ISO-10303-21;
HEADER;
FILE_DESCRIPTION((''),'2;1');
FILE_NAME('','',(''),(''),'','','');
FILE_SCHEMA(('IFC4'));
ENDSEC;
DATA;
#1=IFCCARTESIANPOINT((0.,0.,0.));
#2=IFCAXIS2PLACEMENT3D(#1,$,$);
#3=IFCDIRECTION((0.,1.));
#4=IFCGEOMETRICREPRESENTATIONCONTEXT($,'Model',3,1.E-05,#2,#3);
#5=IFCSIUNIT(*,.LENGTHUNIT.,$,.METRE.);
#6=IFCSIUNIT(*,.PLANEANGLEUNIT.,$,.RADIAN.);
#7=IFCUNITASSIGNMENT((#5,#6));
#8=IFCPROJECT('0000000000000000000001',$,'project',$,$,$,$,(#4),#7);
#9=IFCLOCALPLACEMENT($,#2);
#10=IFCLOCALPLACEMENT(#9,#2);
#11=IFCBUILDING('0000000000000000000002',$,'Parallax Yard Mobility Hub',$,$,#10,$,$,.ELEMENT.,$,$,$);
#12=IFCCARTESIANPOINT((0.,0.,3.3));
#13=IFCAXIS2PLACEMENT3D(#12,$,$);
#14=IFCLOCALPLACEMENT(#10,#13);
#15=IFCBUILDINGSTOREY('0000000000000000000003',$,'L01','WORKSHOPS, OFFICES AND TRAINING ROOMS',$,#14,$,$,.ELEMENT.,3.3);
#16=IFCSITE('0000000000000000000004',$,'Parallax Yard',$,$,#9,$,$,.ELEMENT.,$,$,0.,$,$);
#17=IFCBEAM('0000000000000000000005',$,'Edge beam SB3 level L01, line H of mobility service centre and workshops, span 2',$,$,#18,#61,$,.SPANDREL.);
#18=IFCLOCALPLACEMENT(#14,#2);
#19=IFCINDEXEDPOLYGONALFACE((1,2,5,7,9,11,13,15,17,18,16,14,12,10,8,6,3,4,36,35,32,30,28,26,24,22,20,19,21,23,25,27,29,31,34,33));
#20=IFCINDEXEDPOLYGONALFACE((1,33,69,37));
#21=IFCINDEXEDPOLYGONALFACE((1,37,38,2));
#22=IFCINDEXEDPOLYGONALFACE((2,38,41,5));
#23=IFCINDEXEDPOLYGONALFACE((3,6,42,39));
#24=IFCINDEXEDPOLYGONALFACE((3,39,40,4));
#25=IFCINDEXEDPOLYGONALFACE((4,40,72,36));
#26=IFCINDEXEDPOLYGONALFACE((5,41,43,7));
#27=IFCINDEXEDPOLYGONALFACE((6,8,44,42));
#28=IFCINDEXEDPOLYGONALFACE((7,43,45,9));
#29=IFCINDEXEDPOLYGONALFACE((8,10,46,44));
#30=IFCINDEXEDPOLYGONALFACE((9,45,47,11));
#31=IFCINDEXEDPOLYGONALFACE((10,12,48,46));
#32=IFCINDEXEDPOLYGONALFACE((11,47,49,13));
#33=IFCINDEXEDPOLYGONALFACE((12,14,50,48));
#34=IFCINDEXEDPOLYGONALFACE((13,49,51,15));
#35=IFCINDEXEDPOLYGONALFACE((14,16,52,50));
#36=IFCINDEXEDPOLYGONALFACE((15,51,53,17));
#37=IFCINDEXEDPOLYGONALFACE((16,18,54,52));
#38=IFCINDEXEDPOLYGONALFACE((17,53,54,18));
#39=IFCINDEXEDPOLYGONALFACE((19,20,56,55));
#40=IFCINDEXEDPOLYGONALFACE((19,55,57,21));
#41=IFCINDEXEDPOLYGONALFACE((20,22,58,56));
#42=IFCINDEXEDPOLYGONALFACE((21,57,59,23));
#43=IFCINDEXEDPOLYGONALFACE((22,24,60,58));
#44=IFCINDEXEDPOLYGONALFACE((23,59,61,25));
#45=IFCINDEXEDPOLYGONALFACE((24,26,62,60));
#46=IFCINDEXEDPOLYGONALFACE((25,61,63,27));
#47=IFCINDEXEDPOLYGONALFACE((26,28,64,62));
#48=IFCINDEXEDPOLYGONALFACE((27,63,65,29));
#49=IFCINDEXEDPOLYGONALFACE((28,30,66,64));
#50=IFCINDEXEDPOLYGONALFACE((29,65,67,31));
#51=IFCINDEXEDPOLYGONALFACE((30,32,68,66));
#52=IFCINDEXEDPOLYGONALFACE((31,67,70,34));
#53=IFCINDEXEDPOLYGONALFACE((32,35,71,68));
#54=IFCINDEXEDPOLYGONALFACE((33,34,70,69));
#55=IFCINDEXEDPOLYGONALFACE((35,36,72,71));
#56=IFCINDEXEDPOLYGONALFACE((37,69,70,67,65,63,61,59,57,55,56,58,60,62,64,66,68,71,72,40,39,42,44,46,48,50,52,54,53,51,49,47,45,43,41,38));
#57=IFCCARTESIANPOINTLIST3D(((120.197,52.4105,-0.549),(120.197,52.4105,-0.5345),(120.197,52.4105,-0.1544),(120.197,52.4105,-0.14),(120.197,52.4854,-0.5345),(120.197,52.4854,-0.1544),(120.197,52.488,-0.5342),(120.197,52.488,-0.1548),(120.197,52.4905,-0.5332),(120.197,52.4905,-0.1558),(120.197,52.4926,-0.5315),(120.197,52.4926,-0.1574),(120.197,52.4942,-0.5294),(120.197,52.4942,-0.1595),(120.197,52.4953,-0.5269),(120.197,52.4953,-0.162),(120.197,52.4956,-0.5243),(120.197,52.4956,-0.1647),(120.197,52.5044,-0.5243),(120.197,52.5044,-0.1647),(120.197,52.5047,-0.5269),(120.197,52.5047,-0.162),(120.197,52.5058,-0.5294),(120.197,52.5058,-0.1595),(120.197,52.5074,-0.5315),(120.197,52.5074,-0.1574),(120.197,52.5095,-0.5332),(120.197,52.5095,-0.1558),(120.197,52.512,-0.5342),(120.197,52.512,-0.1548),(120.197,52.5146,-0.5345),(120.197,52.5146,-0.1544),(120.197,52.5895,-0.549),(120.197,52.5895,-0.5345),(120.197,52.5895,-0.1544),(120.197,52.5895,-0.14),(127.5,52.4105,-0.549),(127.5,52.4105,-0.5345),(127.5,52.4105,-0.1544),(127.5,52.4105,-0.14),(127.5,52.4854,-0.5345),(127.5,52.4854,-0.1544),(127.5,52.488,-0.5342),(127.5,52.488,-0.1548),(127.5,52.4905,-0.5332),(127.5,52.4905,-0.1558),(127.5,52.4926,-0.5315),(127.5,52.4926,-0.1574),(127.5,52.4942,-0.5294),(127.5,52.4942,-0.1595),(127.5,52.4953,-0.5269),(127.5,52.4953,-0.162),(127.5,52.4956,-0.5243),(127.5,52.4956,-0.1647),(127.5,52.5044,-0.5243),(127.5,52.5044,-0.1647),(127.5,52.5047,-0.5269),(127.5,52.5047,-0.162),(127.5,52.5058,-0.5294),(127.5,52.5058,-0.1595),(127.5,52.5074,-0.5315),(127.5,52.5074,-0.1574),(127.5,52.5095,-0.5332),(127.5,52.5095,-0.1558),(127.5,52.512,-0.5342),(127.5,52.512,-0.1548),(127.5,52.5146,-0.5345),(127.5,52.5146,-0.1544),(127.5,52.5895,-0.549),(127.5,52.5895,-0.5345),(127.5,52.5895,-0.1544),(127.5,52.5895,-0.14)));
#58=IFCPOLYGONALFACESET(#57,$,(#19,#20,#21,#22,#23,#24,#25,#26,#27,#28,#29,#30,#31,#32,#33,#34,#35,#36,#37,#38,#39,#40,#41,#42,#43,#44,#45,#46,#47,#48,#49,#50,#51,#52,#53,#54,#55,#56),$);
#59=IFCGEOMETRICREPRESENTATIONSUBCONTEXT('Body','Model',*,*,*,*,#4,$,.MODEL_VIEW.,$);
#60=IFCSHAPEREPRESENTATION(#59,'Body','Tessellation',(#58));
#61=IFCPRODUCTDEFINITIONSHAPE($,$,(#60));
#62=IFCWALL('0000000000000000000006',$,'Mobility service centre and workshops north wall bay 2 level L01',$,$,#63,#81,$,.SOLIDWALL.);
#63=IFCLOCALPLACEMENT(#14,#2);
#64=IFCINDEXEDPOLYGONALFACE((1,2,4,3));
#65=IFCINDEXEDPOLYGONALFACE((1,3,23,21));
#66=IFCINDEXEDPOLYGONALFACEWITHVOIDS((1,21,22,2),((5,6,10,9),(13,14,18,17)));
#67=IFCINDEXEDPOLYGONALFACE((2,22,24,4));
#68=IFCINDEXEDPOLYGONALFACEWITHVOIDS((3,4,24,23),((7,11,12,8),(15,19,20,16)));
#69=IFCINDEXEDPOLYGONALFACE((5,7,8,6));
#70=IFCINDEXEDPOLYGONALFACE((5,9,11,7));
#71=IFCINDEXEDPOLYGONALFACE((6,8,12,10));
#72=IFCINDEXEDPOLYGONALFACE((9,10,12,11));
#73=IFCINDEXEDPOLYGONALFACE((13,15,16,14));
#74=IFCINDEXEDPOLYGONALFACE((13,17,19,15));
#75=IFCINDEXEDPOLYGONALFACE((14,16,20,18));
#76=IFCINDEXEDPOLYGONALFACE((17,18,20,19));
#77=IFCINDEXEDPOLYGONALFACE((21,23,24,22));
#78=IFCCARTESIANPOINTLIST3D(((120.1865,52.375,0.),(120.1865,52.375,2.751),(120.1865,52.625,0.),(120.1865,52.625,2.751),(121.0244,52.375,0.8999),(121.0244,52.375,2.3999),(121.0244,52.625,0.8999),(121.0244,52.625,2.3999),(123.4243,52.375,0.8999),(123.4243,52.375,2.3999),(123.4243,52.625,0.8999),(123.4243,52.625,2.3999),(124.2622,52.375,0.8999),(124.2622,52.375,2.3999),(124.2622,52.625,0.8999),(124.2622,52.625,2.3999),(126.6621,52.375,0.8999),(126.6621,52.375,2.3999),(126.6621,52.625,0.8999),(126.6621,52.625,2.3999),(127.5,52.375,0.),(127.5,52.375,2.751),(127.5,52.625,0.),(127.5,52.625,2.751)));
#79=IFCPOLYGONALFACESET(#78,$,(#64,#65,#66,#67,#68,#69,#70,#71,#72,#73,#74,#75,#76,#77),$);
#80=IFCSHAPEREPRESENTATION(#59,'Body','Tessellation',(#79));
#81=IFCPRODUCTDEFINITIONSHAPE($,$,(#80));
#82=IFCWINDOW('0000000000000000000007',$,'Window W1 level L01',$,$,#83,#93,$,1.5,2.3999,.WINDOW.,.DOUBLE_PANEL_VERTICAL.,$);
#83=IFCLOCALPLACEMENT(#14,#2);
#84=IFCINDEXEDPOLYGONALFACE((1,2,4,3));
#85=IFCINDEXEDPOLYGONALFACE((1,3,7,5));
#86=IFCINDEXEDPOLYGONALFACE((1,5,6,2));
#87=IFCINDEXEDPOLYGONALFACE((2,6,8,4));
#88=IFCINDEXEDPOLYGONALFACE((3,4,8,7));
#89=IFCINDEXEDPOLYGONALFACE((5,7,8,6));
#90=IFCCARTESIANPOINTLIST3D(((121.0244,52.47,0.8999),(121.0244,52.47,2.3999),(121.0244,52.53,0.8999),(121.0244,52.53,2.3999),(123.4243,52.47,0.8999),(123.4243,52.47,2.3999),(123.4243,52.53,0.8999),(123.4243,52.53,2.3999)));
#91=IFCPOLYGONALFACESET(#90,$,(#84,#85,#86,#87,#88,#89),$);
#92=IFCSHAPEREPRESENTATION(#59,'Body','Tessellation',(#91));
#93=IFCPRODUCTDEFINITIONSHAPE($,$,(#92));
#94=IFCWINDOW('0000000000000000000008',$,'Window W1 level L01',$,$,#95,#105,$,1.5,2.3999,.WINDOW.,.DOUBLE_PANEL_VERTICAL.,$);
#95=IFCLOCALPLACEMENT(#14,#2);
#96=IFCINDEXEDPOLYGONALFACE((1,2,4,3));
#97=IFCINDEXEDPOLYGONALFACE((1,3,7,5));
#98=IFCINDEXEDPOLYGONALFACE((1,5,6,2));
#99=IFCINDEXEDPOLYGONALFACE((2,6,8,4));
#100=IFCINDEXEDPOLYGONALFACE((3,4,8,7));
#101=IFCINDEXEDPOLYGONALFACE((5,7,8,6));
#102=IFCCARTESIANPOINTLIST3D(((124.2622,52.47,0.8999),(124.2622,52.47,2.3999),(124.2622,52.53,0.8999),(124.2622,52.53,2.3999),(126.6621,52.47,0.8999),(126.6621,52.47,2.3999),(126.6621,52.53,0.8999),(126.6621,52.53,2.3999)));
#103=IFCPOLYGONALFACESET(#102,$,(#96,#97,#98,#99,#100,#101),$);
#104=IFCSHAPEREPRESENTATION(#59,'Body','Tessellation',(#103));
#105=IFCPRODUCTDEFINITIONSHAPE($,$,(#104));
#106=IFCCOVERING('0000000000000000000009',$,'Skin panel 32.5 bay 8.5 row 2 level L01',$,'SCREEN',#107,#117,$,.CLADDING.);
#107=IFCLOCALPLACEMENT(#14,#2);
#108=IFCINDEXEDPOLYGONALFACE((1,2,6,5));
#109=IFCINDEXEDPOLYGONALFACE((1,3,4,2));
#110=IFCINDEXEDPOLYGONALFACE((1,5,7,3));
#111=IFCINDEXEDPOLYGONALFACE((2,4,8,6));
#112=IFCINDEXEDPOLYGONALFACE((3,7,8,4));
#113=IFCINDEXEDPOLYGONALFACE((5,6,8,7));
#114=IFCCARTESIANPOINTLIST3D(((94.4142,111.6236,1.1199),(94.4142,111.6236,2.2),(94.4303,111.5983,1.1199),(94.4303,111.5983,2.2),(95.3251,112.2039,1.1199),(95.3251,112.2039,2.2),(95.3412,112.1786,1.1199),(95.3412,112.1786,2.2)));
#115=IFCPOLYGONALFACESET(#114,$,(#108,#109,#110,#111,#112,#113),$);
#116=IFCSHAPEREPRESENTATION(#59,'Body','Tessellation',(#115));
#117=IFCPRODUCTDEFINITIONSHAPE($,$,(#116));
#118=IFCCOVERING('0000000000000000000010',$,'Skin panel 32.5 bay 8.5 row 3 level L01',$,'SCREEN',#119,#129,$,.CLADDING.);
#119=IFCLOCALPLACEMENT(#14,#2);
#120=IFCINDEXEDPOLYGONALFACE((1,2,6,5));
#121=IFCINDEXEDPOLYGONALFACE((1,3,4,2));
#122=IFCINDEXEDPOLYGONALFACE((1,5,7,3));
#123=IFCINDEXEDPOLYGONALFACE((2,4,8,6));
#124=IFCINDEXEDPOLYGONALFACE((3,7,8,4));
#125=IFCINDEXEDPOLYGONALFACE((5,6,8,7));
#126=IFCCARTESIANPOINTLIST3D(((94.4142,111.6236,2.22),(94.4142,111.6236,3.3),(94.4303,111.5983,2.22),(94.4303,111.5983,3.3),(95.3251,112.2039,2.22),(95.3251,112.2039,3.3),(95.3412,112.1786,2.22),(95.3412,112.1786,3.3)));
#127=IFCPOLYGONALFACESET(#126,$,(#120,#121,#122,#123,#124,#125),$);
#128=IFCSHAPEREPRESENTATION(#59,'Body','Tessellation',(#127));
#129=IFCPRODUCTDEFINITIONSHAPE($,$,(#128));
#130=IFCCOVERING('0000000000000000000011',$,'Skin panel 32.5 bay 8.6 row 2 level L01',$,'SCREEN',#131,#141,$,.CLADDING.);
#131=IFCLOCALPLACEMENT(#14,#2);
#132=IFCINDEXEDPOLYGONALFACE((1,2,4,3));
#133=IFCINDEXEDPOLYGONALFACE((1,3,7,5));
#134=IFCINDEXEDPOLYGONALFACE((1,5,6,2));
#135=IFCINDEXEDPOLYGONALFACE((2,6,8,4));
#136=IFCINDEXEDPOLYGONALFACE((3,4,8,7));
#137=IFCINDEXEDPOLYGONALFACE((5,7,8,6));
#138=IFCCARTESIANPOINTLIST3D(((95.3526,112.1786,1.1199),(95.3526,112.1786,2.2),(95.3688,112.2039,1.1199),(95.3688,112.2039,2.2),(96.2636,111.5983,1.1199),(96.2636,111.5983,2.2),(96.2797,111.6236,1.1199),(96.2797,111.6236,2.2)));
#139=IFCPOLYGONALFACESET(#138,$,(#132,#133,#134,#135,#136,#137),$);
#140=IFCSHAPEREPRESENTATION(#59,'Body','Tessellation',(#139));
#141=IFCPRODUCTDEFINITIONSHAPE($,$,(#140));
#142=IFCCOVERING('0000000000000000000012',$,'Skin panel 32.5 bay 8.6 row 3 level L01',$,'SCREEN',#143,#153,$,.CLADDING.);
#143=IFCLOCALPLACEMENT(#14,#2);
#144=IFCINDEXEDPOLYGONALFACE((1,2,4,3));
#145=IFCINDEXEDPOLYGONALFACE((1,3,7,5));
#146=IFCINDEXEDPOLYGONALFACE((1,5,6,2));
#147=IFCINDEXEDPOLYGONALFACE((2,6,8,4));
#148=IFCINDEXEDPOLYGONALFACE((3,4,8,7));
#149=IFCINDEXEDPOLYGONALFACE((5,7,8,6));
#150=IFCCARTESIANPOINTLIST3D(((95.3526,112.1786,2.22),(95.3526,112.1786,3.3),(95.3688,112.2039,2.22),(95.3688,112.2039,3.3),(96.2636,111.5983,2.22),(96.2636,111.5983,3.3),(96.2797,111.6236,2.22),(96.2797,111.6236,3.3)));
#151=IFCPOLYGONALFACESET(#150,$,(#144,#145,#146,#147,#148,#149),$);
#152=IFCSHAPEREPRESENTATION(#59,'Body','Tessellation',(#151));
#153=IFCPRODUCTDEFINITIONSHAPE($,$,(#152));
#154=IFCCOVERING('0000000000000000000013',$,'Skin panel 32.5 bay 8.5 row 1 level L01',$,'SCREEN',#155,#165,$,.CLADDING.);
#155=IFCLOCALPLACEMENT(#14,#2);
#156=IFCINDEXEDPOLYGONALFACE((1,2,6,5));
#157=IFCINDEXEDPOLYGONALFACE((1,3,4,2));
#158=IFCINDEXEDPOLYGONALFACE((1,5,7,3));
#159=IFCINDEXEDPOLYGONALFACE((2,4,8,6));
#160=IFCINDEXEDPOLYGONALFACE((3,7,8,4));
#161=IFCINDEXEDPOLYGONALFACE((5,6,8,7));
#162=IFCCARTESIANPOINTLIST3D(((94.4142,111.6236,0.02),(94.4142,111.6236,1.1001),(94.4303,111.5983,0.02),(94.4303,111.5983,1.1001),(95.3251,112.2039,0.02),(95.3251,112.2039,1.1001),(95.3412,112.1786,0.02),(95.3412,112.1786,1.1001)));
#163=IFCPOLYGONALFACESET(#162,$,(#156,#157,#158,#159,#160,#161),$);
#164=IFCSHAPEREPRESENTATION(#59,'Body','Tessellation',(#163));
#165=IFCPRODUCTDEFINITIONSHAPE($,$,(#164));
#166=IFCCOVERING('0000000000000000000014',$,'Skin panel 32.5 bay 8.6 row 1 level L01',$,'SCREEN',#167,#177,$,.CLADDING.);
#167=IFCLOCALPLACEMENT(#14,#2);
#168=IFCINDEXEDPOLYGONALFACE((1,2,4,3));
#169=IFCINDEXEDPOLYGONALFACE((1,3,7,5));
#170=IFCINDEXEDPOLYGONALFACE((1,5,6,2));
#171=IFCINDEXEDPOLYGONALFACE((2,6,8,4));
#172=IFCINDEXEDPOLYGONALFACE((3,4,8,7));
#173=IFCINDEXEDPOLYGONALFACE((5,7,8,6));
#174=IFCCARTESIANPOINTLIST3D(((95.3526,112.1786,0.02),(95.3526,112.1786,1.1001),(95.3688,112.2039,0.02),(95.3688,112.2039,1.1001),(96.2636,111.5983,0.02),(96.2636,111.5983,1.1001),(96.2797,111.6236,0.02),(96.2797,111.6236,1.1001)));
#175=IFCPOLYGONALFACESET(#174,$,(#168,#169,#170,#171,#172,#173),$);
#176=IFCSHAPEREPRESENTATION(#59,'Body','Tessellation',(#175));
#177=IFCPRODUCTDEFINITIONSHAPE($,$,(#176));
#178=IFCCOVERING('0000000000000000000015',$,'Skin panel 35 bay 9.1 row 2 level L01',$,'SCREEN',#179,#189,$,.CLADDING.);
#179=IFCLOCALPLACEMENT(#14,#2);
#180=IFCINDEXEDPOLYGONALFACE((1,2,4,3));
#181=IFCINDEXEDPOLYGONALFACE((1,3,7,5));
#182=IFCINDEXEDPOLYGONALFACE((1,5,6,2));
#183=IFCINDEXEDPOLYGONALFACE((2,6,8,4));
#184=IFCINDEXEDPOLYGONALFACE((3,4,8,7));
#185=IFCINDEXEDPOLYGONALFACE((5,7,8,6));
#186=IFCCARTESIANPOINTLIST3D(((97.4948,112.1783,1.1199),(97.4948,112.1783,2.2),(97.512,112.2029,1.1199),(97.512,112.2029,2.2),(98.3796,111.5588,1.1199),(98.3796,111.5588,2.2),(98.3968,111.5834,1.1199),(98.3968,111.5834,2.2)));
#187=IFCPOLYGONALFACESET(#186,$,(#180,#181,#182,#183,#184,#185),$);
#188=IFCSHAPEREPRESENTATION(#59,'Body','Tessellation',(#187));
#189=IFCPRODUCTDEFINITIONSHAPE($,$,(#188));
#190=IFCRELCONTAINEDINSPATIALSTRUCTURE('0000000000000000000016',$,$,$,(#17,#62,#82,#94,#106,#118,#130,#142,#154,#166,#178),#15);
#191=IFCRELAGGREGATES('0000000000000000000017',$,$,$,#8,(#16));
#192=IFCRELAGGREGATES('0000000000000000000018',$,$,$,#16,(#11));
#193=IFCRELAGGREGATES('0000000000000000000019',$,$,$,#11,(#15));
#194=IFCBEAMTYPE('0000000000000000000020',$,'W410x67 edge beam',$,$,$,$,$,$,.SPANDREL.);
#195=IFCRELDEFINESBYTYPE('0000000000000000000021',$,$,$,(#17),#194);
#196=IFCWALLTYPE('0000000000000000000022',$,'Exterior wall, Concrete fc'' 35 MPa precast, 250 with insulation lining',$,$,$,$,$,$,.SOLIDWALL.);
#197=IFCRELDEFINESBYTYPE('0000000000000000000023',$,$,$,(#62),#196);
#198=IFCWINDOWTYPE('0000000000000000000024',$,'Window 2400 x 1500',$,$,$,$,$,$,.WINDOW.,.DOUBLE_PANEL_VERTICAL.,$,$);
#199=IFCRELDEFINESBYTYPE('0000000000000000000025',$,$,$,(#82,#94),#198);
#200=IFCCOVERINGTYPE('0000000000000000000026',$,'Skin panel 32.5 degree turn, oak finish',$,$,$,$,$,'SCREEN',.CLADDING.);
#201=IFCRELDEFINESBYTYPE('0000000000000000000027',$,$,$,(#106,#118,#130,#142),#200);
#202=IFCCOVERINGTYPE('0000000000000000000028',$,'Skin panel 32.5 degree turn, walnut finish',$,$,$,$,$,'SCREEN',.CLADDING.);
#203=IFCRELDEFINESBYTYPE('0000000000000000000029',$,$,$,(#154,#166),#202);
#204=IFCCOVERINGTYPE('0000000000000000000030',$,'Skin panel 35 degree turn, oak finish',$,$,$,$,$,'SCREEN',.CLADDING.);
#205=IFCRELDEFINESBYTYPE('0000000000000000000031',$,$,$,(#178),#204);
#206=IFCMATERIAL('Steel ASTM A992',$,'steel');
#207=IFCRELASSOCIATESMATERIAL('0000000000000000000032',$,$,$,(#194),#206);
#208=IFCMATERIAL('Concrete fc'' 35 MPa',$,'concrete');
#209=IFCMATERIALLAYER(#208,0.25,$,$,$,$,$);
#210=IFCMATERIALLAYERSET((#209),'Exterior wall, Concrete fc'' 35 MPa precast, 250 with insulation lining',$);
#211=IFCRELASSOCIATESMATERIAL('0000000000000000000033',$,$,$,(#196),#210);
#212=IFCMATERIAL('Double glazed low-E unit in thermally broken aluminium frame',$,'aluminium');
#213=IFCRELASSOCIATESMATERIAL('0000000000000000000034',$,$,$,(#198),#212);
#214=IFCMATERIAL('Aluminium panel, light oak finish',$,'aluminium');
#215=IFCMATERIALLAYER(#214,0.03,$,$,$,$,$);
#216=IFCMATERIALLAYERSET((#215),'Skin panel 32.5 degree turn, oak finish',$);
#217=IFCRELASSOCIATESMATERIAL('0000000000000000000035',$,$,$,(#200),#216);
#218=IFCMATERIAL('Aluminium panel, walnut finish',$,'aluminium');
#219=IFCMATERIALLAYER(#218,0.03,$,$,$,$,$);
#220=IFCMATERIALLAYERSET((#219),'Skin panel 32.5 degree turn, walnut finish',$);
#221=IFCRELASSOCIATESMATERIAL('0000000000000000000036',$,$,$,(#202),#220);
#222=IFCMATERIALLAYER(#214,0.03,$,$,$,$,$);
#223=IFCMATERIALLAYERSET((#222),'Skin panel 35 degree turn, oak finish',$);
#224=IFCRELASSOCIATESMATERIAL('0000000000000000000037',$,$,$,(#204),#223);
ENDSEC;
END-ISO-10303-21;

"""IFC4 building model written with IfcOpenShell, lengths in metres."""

from ifc_helpers import new_model, si_unit, direction, frame, frame_2d, origin, origin_2d, place, context, subcontext, project, spatial, rectangle, i_section, extrude, material, layer, layer_set, material_profile, profile_set, type_object, element, fill, save


model = new_model("IFC4")

# Units and contexts
model_context = context("Model", 3, precision=1e-05, world=origin(), true_north=direction((0.0, 1.0)))
body_context = subcontext(model_context, "Body", "Model", "MODEL_VIEW")
ifc_project = project(units=[si_unit("LENGTHUNIT", "METRE"), si_unit("PLANEANGLEUNIT", "RADIAN")], contexts=[model_context])

# Site, building, storey
site_placement = place(None, origin())
site = spatial("IfcSite", under=ifc_project, at=site_placement, Name="Parallax Yard", CompositionType="ELEMENT", RefElevation=0.0)
building_placement = place(site_placement, origin())
building = spatial("IfcBuilding", under=site, at=building_placement, Name="Parallax Yard Mobility Hub", CompositionType="ELEMENT")
storey_placement = place(building_placement, frame((0.0, 0.0, 3.3)))
storey = spatial("IfcBuildingStorey", under=building, at=storey_placement, Name="L01", Description="WORKSHOPS, OFFICES AND TRAINING ROOMS", CompositionType="ELEMENT", Elevation=3.3)

# Beam
ifc_material_1 = material(Name="Steel ASTM A992", Category="steel")
ifc_material_profile = material_profile(ifc_material_1, i_section(OverallWidth=0.179, OverallDepth=0.4089, WebThickness=0.0088, FlangeThickness=0.0144, FilletRadius=0.0103, at=origin_2d()), Name="W410x67")
ifc_profile_set = profile_set([ifc_material_profile], Name="Steel ASTM A992")
beam_type = type_object("IfcBeamType", Name="W410x67 edge beam", PredefinedType="SPANDREL", material=ifc_profile_set)
beam_placement = place(storey_placement, frame((120.197, 52.5, -0.3445), z_axis=(1.0, 0.0, 0.0), x_axis=(0.0, 1.0, 0.0)))
element("IfcBeam", 1, at=beam_placement, inside=storey, type_object=beam_type, Name="Edge beam SB3 level L01, line H of mobility service centre and workshops, span 2", PredefinedType="SPANDREL", context=body_context, shape_type="SweptSolid", body=[
    extrude(i_section(OverallWidth=0.179, OverallDepth=0.4089, WebThickness=0.0088, FlangeThickness=0.0144, FilletRadius=0.0103, at=origin_2d()), origin(), (0.0, 0.0, 1.0), 7.303),
])

# Wall, openings, windows
ifc_material_2 = material(Name="Concrete fc' 35 MPa", Category="concrete")
ifc_layer_1 = layer(ifc_material_2, 0.25)
ifc_layer_set_1 = layer_set([ifc_layer_1], Name="Exterior wall, Concrete fc' 35 MPa precast, 250 with insulation lining")
wall_type = type_object("IfcWallType", Name="Exterior wall, Concrete fc' 35 MPa precast, 250 with insulation lining", PredefinedType="SOLIDWALL", material=ifc_layer_set_1)
wall_placement = place(storey_placement, frame((120.1865, 52.5, 0.0), z_axis=(0.0, 0.0, 1.0), x_axis=(1.0, 0.0, 0.0)))
wall = element("IfcWall", 2, at=wall_placement, inside=storey, type_object=wall_type, Name="Mobility service centre and workshops north wall bay 2 level L01", PredefinedType="SOLIDWALL", context=body_context, shape_type="SweptSolid", body=[
    extrude(rectangle(XDim=7.3135, YDim=0.25, at=frame_2d((3.6567, 0.0))), origin(), (0.0, 0.0, 1.0), 2.751),
])
opening_1_placement = place(wall_placement, frame((0.8379, 0.0, 0.8999)))
opening_1 = element("IfcOpeningElement", 3, at=opening_1_placement, cuts=wall, PredefinedType="OPENING", context=body_context, shape_type="SweptSolid", body=[
    extrude(rectangle(XDim=2.3999, YDim=1.5, at=frame_2d((1.2, 0.75))), frame((0.0, 0.135, 0.0), z_axis=(0.0, -1.0, 0.0), x_axis=(1.0, 0.0, 0.0)), (0.0, 0.0, 1.0), 0.27),
])
opening_2_placement = place(wall_placement, frame((4.0757, 0.0, 0.8999)))
opening_2 = element("IfcOpeningElement", 4, at=opening_2_placement, cuts=wall, PredefinedType="OPENING", context=body_context, shape_type="SweptSolid", body=[
    extrude(rectangle(XDim=2.3999, YDim=1.5, at=frame_2d((1.2, 0.75))), frame((0.0, 0.135, 0.0), z_axis=(0.0, -1.0, 0.0), x_axis=(1.0, 0.0, 0.0)), (0.0, 0.0, 1.0), 0.27),
])
ifc_material_3 = material(Name="Double glazed low-E unit in thermally broken aluminium frame", Category="aluminium")
window_type = type_object("IfcWindowType", Name="Window 2400 x 1500", PartitioningType="DOUBLE_PANEL_VERTICAL", PredefinedType="WINDOW", material=ifc_material_3)
window_1_placement = place(opening_1_placement, origin())
window_1 = element("IfcWindow", 5, at=window_1_placement, inside=storey, type_object=window_type, Name="Window W1 level L01", OverallHeight=1.5, OverallWidth=2.3999, PartitioningType="DOUBLE_PANEL_VERTICAL", PredefinedType="WINDOW", context=body_context, shape_type="SweptSolid", body=[
    extrude(rectangle(XDim=2.3999, YDim=1.5, at=frame_2d((1.2, 0.75))), frame((0.0, 0.03, 0.0), z_axis=(0.0, -1.0, 0.0), x_axis=(1.0, 0.0, 0.0)), (0.0, 0.0, 1.0), 0.0601),
])
fill(opening_1, window_1)
window_2_placement = place(opening_2_placement, origin())
window_2 = element("IfcWindow", 6, at=window_2_placement, inside=storey, type_object=window_type, Name="Window W1 level L01", OverallHeight=1.5, OverallWidth=2.3999, PartitioningType="DOUBLE_PANEL_VERTICAL", PredefinedType="WINDOW", context=body_context, shape_type="SweptSolid", body=[
    extrude(rectangle(XDim=2.3999, YDim=1.5, at=frame_2d((1.2, 0.75))), frame((0.0, 0.03, 0.0), z_axis=(0.0, -1.0, 0.0), x_axis=(1.0, 0.0, 0.0)), (0.0, 0.0, 1.0), 0.0601),
])
fill(opening_2, window_2)

# Coverings
ifc_material_4 = material(Name="Aluminium panel, light oak finish", Category="aluminium")
ifc_layer_2 = layer(ifc_material_4, 0.03)
ifc_layer_set_2 = layer_set([ifc_layer_2], Name="Skin panel 32.5 degree turn, oak finish")
covering_type_1 = type_object("IfcCoveringType", Name="Skin panel 32.5 degree turn, oak finish", ElementType="SCREEN", PredefinedType="CLADDING", material=ifc_layer_set_2)
for number, where, z_axis, x_axis, name in (
    (7, (94.8777, 111.9011, 1.1199), (0.0, 0.0, 1.0), (-0.843391, -0.5373, 0.0), "Skin panel 32.5 bay 8.5 row 2 level L01"),
    (8, (94.8777, 111.9011, 2.22), (0.0, 0.0, 1.0), (-0.843391, -0.5373, 0.0), "Skin panel 32.5 bay 8.5 row 3 level L01"),
    (9, (95.8162, 111.9011, 1.1199), (0.0, 0.0, 1.0), (0.843391, -0.5373, 0.0), "Skin panel 32.5 bay 8.6 row 2 level L01"),
    (10, (95.8162, 111.9011, 2.22), (0.0, 0.0, 1.0), (0.843391, -0.5373, 0.0), "Skin panel 32.5 bay 8.6 row 3 level L01"),
):
    element("IfcCovering", number, at=place(storey_placement, frame(where, z_axis=z_axis, x_axis=x_axis)), inside=storey, type_object=covering_type_1, Name=name, ObjectType="SCREEN", PredefinedType="CLADDING", context=body_context, shape_type="SweptSolid", body=[
        extrude(rectangle(XDim=1.0801, YDim=0.03, at=origin_2d()), origin(), (0.0, 0.0, 1.0), 1.0801),
    ])
ifc_material_5 = material(Name="Aluminium panel, walnut finish", Category="aluminium")
ifc_layer_3 = layer(ifc_material_5, 0.03)
ifc_layer_set_3 = layer_set([ifc_layer_3], Name="Skin panel 32.5 degree turn, walnut finish")
covering_type_2 = type_object("IfcCoveringType", Name="Skin panel 32.5 degree turn, walnut finish", ElementType="SCREEN", PredefinedType="CLADDING", material=ifc_layer_set_3)
for number, where, z_axis, x_axis, name in (
    (11, (94.8777, 111.9011, 0.02), (0.0, 0.0, 1.0), (-0.843391, -0.5373, 0.0), "Skin panel 32.5 bay 8.5 row 1 level L01"),
    (12, (95.8162, 111.9011, 0.02), (0.0, 0.0, 1.0), (0.843391, -0.5373, 0.0), "Skin panel 32.5 bay 8.6 row 1 level L01"),
):
    element("IfcCovering", number, at=place(storey_placement, frame(where, z_axis=z_axis, x_axis=x_axis)), inside=storey, type_object=covering_type_2, Name=name, ObjectType="SCREEN", PredefinedType="CLADDING", context=body_context, shape_type="SweptSolid", body=[
        extrude(rectangle(XDim=1.0801, YDim=0.03, at=origin_2d()), origin(), (0.0, 0.0, 1.0), 1.0801),
    ])
ifc_layer_4 = layer(ifc_material_4, 0.03)
ifc_layer_set_4 = layer_set([ifc_layer_4], Name="Skin panel 35 degree turn, oak finish")
covering_type_3 = type_object("IfcCoveringType", Name="Skin panel 35 degree turn, oak finish", ElementType="SCREEN", PredefinedType="CLADDING", material=ifc_layer_set_4)
for number, where, z_axis, x_axis, name in (
    (13, (97.9458, 111.8809, 1.1199), (0.0, 0.0, 1.0), (0.819152, -0.573576, 0.0), "Skin panel 35 bay 9.1 row 2 level L01"),
):
    element("IfcCovering", number, at=place(storey_placement, frame(where, z_axis=z_axis, x_axis=x_axis)), inside=storey, type_object=covering_type_3, Name=name, ObjectType="SCREEN", PredefinedType="CLADDING", context=body_context, shape_type="SweptSolid", body=[
        extrude(rectangle(XDim=1.0801, YDim=0.03, at=origin_2d()), origin(), (0.0, 0.0, 1.0), 1.0801),
    ])

save(model, "model.ifc")
